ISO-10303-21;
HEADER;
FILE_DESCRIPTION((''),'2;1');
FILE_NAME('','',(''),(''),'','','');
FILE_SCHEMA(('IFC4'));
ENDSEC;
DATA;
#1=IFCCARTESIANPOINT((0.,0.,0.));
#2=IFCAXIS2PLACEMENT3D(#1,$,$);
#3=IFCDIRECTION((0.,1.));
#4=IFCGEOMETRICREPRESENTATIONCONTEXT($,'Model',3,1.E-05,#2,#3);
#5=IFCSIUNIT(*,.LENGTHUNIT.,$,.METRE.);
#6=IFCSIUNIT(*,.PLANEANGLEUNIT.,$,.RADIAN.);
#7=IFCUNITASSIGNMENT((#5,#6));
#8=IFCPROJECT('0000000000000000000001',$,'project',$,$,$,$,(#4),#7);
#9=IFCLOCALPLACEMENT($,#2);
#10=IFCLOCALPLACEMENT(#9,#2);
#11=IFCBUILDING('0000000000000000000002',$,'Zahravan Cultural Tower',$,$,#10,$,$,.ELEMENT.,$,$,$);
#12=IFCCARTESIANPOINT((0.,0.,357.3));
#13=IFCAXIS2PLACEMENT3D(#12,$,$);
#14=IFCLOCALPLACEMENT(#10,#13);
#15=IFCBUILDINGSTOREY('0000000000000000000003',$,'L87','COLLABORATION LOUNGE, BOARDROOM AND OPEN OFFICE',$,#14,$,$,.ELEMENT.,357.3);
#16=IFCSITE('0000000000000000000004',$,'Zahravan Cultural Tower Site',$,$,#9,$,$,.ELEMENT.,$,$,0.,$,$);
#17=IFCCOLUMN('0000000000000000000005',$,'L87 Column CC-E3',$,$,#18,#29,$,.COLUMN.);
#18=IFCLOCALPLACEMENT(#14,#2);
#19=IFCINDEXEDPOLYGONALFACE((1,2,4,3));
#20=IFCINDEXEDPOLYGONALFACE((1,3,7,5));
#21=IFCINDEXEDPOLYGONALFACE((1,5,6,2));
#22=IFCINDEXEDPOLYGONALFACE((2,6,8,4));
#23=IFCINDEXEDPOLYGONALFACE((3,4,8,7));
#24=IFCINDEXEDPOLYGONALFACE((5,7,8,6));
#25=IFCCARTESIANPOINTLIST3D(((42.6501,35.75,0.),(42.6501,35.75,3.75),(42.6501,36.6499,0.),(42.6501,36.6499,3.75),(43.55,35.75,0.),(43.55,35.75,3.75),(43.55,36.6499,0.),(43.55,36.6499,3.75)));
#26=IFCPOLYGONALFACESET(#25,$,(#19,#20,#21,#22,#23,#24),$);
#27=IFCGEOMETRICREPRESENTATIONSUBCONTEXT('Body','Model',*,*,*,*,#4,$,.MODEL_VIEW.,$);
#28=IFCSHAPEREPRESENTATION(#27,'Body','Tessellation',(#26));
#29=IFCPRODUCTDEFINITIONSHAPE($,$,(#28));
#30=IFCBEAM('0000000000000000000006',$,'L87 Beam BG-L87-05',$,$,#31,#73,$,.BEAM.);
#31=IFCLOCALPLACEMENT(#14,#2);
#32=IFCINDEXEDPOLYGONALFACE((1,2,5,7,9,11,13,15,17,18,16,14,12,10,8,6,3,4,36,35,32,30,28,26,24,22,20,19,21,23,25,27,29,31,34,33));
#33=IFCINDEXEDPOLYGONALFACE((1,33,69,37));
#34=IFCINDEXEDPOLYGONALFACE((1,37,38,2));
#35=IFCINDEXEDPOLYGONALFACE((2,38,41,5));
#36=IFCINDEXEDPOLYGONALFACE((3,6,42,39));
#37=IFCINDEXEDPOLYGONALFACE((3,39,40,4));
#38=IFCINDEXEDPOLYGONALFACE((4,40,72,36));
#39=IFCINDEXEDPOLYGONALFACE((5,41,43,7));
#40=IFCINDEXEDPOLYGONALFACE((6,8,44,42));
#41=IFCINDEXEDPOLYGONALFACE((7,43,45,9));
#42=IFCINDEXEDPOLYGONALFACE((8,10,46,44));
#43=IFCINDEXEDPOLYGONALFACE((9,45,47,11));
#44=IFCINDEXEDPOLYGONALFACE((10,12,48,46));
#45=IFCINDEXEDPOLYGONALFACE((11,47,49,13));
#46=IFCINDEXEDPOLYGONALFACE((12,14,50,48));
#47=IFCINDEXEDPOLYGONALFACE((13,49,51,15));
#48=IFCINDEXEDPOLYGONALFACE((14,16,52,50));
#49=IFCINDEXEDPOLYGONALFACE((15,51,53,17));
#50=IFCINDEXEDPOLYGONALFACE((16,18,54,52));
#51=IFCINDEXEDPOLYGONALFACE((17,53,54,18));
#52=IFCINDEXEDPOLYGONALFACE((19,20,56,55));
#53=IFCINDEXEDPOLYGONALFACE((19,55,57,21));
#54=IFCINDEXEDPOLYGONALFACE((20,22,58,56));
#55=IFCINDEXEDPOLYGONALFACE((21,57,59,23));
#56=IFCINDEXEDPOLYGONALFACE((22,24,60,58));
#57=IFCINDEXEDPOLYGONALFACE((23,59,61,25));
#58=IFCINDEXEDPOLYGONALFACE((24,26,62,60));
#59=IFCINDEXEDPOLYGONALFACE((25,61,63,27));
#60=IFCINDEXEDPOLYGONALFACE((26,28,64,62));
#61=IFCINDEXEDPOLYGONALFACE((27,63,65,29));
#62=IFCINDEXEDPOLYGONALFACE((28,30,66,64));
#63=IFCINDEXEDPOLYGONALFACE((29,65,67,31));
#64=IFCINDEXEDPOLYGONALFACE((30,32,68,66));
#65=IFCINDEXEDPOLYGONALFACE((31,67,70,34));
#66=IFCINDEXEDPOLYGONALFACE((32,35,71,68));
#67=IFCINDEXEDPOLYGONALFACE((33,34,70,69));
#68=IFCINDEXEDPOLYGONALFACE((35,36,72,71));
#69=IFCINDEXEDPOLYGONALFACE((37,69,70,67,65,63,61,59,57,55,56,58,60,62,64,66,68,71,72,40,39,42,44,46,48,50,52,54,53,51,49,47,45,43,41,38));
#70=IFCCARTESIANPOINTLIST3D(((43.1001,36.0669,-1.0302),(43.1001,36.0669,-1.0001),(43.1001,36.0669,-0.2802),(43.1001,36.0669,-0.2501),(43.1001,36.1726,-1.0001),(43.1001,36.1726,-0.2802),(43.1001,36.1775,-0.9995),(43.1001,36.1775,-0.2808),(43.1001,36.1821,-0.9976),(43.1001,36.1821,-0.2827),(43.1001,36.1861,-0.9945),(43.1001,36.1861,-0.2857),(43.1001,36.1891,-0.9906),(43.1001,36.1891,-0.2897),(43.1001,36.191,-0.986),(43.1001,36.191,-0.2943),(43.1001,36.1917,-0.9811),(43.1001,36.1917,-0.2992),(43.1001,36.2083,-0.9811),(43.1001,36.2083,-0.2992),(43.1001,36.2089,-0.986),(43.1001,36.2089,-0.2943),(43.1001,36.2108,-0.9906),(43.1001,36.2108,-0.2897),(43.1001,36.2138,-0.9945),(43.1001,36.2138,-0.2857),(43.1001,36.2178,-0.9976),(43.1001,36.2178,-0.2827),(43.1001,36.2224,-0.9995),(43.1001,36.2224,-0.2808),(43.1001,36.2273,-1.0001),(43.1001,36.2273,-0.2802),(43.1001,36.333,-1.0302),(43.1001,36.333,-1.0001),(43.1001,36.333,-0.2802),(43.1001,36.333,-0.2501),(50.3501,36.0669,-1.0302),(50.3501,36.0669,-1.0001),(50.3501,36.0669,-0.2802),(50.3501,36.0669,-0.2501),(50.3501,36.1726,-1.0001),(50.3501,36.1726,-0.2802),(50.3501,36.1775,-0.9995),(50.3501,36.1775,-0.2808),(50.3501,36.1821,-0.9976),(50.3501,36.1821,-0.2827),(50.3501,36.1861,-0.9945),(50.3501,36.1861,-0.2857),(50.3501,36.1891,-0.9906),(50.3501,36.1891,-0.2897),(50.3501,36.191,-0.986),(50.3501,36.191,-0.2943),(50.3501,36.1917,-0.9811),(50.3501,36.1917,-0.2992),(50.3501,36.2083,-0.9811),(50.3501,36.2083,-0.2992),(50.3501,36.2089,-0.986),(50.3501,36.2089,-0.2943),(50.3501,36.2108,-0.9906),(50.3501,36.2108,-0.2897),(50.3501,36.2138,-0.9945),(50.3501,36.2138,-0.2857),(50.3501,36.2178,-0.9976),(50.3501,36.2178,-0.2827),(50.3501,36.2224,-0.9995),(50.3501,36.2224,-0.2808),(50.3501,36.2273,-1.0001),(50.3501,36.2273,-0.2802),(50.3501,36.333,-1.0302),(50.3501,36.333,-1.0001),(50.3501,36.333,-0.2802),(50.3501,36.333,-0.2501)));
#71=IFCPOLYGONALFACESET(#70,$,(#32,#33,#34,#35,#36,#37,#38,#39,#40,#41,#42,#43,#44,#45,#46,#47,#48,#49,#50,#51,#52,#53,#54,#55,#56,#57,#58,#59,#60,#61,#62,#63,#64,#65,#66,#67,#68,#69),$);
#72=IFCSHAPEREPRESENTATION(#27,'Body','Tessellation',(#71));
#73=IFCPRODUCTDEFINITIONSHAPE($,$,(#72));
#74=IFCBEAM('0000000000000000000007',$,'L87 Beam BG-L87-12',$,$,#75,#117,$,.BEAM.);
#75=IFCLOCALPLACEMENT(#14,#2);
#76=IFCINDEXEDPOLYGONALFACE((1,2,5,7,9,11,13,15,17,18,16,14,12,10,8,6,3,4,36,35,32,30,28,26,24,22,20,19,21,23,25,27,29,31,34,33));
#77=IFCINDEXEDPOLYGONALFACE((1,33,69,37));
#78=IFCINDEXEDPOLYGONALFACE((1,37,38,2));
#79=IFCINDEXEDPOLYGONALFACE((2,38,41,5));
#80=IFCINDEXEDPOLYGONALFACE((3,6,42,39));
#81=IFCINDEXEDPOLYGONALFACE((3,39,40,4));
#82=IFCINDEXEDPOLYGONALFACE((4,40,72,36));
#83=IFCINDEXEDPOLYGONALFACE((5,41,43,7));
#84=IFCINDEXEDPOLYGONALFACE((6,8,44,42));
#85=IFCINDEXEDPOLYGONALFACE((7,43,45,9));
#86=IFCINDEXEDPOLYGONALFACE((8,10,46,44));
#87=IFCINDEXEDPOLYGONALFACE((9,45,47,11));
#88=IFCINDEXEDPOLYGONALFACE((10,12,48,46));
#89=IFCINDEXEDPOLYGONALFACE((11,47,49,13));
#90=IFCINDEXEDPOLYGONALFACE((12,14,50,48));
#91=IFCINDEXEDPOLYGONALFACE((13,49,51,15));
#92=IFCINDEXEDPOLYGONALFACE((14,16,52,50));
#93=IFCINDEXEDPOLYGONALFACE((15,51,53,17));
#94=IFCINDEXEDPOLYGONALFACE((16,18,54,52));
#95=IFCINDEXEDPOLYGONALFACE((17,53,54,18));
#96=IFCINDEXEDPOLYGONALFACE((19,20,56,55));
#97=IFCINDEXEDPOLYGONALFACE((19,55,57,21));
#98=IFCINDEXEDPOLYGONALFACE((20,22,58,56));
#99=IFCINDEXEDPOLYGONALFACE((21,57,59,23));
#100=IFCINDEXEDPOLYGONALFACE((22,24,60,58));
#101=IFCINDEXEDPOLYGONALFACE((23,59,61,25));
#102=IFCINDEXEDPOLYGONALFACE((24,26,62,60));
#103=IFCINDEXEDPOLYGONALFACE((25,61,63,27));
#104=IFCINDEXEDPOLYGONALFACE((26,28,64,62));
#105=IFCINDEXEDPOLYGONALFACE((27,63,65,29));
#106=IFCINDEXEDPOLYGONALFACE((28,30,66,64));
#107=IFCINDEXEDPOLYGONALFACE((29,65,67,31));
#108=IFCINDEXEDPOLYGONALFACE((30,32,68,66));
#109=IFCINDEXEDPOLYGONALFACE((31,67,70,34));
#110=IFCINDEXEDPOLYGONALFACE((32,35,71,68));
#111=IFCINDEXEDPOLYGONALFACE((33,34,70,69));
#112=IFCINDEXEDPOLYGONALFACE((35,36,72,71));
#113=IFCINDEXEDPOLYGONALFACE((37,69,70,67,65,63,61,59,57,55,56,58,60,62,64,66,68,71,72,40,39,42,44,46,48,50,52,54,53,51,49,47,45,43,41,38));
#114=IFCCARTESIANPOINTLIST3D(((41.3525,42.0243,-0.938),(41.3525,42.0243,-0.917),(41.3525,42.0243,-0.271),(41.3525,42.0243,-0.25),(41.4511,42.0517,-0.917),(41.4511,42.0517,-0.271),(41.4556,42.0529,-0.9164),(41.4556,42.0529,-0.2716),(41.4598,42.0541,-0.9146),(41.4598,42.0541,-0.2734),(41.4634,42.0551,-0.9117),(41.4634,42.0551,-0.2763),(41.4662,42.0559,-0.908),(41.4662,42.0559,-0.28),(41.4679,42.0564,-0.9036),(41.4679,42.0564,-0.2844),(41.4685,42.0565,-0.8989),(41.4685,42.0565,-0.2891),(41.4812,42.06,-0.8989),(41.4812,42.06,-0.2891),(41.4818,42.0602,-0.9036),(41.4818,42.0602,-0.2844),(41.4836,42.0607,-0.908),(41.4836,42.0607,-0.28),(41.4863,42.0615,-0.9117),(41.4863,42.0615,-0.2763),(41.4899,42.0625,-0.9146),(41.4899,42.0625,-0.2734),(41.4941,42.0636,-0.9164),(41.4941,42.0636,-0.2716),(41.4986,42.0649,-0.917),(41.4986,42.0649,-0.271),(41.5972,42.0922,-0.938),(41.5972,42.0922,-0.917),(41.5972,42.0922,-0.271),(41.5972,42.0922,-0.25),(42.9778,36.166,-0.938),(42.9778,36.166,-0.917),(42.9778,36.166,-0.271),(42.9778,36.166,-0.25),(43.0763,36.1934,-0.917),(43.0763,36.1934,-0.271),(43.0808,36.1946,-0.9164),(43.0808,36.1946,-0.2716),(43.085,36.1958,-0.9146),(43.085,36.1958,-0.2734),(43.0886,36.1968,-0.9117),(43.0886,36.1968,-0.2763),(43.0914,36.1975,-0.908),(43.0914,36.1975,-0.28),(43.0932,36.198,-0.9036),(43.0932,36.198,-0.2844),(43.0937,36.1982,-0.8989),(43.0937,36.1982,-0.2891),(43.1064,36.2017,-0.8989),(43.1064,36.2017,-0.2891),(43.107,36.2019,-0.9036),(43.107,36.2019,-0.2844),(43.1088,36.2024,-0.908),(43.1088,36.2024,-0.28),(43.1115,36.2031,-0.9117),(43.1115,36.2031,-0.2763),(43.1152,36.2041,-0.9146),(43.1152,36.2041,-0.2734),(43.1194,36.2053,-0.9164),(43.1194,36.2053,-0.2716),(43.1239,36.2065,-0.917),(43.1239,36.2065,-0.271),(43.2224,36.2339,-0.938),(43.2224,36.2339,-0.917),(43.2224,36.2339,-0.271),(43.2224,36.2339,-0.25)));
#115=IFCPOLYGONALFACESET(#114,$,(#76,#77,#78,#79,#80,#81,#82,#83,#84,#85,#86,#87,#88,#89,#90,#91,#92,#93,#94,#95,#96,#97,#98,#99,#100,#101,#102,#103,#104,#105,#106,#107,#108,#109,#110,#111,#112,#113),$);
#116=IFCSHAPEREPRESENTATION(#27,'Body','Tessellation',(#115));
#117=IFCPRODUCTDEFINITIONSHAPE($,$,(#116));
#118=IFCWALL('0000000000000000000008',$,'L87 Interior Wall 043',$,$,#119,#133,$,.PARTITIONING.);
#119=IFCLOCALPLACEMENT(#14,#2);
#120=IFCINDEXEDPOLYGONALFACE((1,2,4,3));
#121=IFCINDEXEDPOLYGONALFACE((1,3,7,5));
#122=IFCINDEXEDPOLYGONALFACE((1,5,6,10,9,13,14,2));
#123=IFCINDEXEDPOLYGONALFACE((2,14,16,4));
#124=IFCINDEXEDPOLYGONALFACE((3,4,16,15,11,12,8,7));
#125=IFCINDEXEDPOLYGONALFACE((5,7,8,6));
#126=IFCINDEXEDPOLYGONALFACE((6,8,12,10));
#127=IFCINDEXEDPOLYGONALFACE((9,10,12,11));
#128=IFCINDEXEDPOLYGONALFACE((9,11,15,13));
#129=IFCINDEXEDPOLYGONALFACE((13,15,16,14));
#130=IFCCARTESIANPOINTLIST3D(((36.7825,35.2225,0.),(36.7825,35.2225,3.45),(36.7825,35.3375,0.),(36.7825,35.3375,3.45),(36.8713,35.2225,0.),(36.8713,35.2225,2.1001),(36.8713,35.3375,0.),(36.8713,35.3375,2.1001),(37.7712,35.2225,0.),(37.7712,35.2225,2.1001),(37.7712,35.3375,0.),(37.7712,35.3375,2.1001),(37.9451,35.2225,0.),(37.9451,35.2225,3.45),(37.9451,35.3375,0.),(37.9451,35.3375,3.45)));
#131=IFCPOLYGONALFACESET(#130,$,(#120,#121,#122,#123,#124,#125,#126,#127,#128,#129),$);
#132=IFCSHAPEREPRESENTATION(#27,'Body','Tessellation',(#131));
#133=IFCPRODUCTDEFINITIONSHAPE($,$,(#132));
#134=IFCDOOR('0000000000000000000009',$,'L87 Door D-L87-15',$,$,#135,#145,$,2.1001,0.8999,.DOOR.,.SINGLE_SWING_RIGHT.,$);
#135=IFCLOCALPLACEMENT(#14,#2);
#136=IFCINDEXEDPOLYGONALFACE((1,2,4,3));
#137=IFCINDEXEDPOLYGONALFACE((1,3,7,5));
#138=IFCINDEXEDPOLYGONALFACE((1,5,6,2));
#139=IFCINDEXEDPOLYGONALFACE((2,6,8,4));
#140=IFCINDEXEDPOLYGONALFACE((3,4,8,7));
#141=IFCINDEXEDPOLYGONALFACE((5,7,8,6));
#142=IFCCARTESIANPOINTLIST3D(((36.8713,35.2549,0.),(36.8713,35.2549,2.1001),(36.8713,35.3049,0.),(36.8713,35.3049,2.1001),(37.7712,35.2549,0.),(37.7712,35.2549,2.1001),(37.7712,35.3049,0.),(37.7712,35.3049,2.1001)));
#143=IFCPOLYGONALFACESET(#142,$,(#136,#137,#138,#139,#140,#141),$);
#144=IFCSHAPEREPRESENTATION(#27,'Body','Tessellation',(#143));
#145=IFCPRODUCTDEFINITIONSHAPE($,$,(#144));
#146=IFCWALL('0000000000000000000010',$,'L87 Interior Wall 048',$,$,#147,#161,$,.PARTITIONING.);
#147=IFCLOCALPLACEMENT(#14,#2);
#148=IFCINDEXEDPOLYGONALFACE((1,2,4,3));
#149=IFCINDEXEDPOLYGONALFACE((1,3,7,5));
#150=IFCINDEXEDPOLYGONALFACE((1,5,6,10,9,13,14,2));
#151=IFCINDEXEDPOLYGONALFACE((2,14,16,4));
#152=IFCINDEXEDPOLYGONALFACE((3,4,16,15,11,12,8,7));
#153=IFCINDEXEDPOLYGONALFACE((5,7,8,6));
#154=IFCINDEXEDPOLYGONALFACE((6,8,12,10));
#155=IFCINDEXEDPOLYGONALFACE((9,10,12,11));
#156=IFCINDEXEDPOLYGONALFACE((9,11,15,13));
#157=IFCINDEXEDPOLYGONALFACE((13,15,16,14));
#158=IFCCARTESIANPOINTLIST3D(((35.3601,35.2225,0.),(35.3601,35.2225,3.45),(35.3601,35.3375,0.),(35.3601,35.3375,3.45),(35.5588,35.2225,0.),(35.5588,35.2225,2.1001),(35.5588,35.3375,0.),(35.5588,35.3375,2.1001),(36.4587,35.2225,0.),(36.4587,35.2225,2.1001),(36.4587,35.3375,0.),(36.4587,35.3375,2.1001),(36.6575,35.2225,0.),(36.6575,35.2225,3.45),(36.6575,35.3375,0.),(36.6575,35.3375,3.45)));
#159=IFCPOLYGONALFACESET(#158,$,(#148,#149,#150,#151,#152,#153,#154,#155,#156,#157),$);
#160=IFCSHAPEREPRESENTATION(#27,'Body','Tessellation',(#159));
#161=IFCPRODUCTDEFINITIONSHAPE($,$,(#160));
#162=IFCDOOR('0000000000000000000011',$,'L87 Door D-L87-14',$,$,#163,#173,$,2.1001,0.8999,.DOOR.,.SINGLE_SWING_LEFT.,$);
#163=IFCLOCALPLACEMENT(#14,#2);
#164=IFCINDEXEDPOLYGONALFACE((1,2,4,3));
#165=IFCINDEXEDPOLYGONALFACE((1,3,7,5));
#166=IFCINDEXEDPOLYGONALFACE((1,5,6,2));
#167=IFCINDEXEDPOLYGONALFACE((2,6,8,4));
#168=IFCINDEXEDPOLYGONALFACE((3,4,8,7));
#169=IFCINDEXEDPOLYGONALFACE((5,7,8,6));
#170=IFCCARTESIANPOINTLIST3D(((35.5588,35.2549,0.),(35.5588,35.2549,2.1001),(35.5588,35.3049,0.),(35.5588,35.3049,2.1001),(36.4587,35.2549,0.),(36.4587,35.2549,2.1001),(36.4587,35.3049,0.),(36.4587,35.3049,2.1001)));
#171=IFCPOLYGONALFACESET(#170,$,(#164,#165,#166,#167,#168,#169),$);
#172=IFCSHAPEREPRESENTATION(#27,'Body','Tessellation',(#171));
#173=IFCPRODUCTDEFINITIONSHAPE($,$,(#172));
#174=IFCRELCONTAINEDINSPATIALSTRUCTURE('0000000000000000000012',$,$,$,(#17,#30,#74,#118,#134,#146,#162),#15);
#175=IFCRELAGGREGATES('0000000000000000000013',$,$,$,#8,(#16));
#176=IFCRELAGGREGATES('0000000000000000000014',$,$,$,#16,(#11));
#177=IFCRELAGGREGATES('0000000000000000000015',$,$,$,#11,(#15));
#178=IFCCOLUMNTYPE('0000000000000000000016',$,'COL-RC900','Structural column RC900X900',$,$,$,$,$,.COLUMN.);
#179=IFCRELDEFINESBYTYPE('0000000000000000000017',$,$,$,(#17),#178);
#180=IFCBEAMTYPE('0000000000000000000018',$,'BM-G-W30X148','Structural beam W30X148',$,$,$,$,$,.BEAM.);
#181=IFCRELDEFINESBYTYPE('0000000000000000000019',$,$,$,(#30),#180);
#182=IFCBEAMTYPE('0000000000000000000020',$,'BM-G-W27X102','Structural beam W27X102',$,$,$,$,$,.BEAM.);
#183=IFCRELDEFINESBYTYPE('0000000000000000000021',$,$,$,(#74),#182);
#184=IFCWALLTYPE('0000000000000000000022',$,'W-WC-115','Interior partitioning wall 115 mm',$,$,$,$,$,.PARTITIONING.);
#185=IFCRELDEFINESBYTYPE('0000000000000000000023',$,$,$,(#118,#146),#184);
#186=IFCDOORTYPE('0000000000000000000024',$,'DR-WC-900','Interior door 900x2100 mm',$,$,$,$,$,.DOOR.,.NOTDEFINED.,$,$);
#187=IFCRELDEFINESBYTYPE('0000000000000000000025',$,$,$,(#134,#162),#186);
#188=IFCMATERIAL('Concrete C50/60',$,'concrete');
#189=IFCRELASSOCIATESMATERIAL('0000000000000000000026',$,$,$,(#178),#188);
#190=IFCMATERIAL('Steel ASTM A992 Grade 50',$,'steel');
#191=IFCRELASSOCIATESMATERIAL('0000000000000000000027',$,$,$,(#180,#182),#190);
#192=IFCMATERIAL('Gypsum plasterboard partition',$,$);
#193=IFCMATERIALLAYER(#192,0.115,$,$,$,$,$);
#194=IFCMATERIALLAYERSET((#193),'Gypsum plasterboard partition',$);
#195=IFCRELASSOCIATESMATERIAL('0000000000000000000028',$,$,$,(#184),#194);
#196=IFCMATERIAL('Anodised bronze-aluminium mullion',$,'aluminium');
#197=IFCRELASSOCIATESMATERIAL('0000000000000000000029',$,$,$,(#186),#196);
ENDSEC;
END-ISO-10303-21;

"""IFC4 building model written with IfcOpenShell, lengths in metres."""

from ifc_helpers import new_model, si_unit, direction, frame, frame_2d, origin, origin_2d, place, context, subcontext, project, spatial, rectangle, i_section, extrude, source, transform, mapped, material, layer, layer_set, material_profile, profile_set, type_object, element, fill, save


model = new_model("IFC4")

# Units and contexts
model_context = context("Model", 3, precision=1e-05, world=origin(), true_north=direction((0.0, 1.0)))
body_context = subcontext(model_context, "Body", "Model", "MODEL_VIEW")
ifc_project = project(units=[si_unit("LENGTHUNIT", "METRE"), si_unit("PLANEANGLEUNIT", "RADIAN")], contexts=[model_context])

# Site, building, storey
site_placement = place(None, origin())
site = spatial("IfcSite", under=ifc_project, at=site_placement, Name="Zahravan Cultural Tower Site", CompositionType="ELEMENT", RefElevation=0.0)
building_placement = place(site_placement, origin())
building = spatial("IfcBuilding", under=site, at=building_placement, Name="Zahravan Cultural Tower", CompositionType="ELEMENT")
storey_placement = place(building_placement, frame((0.0, 0.0, 357.3)))
storey = spatial("IfcBuildingStorey", under=building, at=storey_placement, Name="L87", Description="COLLABORATION LOUNGE, BOARDROOM AND OPEN OFFICE", CompositionType="ELEMENT", Elevation=357.3)

# Column
ifc_material_1 = material(Name="Concrete C50/60", Category="concrete")
ifc_material_profile_1 = material_profile(ifc_material_1, rectangle(XDim=0.8999, YDim=0.8999, at=origin_2d()), Name="RC900X900")
ifc_profile_set_1 = profile_set([ifc_material_profile_1], Name="Concrete C50/60")
column_type = type_object("IfcColumnType", Name="COL-RC900", Description="Structural column RC900X900", PredefinedType="COLUMN", material=ifc_profile_set_1)
shared_shape_1 = source(origin(), body_context, "Body", "SweptSolid", [
    extrude(rectangle(XDim=0.8999, YDim=0.8999, at=origin_2d()), origin(), (0.0, 0.0, 1.0), 3.75),
])
column_placement = place(storey_placement, frame((43.1001, 36.2, 0.0), z_axis=(0.0, 0.0, 1.0), x_axis=(1.0, 0.0, 0.0)))
element("IfcColumn", 1, at=column_placement, inside=storey, type_object=column_type, Name="L87 Column CC-E3", PredefinedType="COLUMN", context=body_context, shape_type="MappedRepresentation", body=[
    mapped(shared_shape_1, transform((0.0, 0.0, 0.0), x_axis=(1.0, 0.0, 0.0), y_axis=(0.0, 1.0, 0.0), z_axis=(0.0, 0.0, 1.0), scale=1.0)),
])

# Beams
ifc_material_2 = material(Name="Steel ASTM A992 Grade 50", Category="steel")
ifc_material_profile_2 = material_profile(ifc_material_2, i_section(OverallWidth=0.2661, OverallDepth=0.78, WebThickness=0.0166, FlangeThickness=0.03, FilletRadius=0.019, at=origin_2d()), Name="W30X148")
ifc_profile_set_2 = profile_set([ifc_material_profile_2], Name="Steel ASTM A992 Grade 50")
beam_type_1 = type_object("IfcBeamType", Name="BM-G-W30X148", Description="Structural beam W30X148", PredefinedType="BEAM", material=ifc_profile_set_2)
shared_shape_2 = source(origin(), body_context, "Body", "SweptSolid", [
    extrude(i_section(OverallWidth=0.2661, OverallDepth=0.78, WebThickness=0.0166, FlangeThickness=0.03, FilletRadius=0.019, at=origin_2d()), origin(), (0.0, 0.0, 1.0), 7.25),
])
beam_1_placement = place(storey_placement, frame((43.1001, 36.2, -0.6401), z_axis=(1.0, 0.0, 0.0), x_axis=(0.0, 1.0, 0.0)))
element("IfcBeam", 2, at=beam_1_placement, inside=storey, type_object=beam_type_1, Name="L87 Beam BG-L87-05", PredefinedType="BEAM", context=body_context, shape_type="MappedRepresentation", body=[
    mapped(shared_shape_2, transform((0.0, 0.0, 0.0), x_axis=(1.0, 0.0, 0.0), y_axis=(0.0, 1.0, 0.0), z_axis=(0.0, 0.0, 1.0), scale=1.0)),
])
ifc_material_profile_3 = material_profile(ifc_material_2, i_section(OverallWidth=0.2539, OverallDepth=0.688, WebThickness=0.0132, FlangeThickness=0.021, FilletRadius=0.0181, at=origin_2d()), Name="W27X102")
ifc_profile_set_3 = profile_set([ifc_material_profile_3], Name="Steel ASTM A992 Grade 50")
beam_type_2 = type_object("IfcBeamType", Name="BM-G-W27X102", Description="Structural beam W27X102", PredefinedType="BEAM", material=ifc_profile_set_3)
shared_shape_3 = source(origin(), body_context, "Body", "SweptSolid", [
    extrude(i_section(OverallWidth=0.2539, OverallDepth=0.688, WebThickness=0.0132, FlangeThickness=0.021, FilletRadius=0.0181, at=origin_2d()), origin(), (0.0, 0.0, 1.0), 6.0796),
])
beam_2_placement = place(storey_placement, frame((43.1001, 36.2, -0.594), z_axis=(-0.267325, 0.963606, 0.0), x_axis=(-0.963606, -0.267325, 0.0)))
element("IfcBeam", 3, at=beam_2_placement, inside=storey, type_object=beam_type_2, Name="L87 Beam BG-L87-12", PredefinedType="BEAM", context=body_context, shape_type="MappedRepresentation", body=[
    mapped(shared_shape_3, transform((0.0, 0.0, 0.0), x_axis=(1.0, 0.0, 0.0), y_axis=(0.0, 1.0, 0.0), z_axis=(0.0, 0.0, 1.0), scale=1.0)),
])

# Walls, openings, doors
ifc_material_3 = material(Name="Gypsum plasterboard partition")
ifc_layer_1 = layer(ifc_material_3, 0.115)
ifc_layer_set_1 = layer_set([ifc_layer_1], Name="Gypsum plasterboard partition")
wall_type_1 = type_object("IfcWallType", Name="W-WC-115", Description="Interior partitioning wall 115 mm", PredefinedType="PARTITIONING", material=ifc_layer_set_1)
wall_1_placement = place(storey_placement, frame((36.7825, 35.28, 0.0), z_axis=(0.0, 0.0, 1.0), x_axis=(1.0, 0.0, 0.0)))
wall_1 = element("IfcWall", 4, at=wall_1_placement, inside=storey, type_object=wall_type_1, Name="L87 Interior Wall 043", PredefinedType="PARTITIONING", context=body_context, shape_type="SweptSolid", body=[
    extrude(rectangle(XDim=1.1626, YDim=0.115, at=frame_2d((0.5813, 0.0))), origin(), (0.0, 0.0, 1.0), 3.45),
])
opening_1_placement = place(wall_1_placement, frame((0.0889, 0.0, 0.0)))
opening_1 = element("IfcOpeningElement", 5, at=opening_1_placement, cuts=wall_1, PredefinedType="OPENING", context=body_context, shape_type="SweptSolid", body=[
    extrude(rectangle(XDim=0.8999, YDim=2.1001, at=frame_2d((0.45, 1.05))), frame((0.0, 0.0674, 0.0), z_axis=(0.0, -1.0, 0.0), x_axis=(1.0, 0.0, 0.0)), (0.0, 0.0, 1.0), 0.135),
])
ifc_material_4 = material(Name="Anodised bronze-aluminium mullion", Category="aluminium")
door_type_1 = type_object("IfcDoorType", Name="DR-WC-900", Description="Interior door 900x2100 mm", OperationType="NOTDEFINED", PredefinedType="DOOR", material=ifc_material_4)
shared_shape_4 = source(origin(), body_context, "Body", "SweptSolid", [
    extrude(rectangle(XDim=0.8999, YDim=2.1001, at=frame_2d((0.45, 1.05))), frame((0.0, 0.0249, 0.0), z_axis=(0.0, -1.0, 0.0), x_axis=(1.0, 0.0, 0.0)), (0.0, 0.0, 1.0), 0.05),
])
door_1_placement = place(opening_1_placement, origin())
door_1 = element("IfcDoor", 6, at=door_1_placement, inside=storey, type_object=door_type_1, Name="L87 Door D-L87-15", OperationType="SINGLE_SWING_RIGHT", OverallHeight=2.1001, OverallWidth=0.8999, PredefinedType="DOOR", context=body_context, shape_type="MappedRepresentation", body=[
    mapped(shared_shape_4, transform((0.0, 0.0, 0.0), x_axis=(1.0, 0.0, 0.0), y_axis=(0.0, 1.0, 0.0), z_axis=(0.0, 0.0, 1.0), scale=1.0)),
])
fill(opening_1, door_1)
wall_2_placement = place(storey_placement, frame((35.3601, 35.28, 0.0), z_axis=(0.0, 0.0, 1.0), x_axis=(1.0, 0.0, 0.0)))
wall_2 = element("IfcWall", 7, at=wall_2_placement, inside=storey, type_object=wall_type_1, Name="L87 Interior Wall 048", PredefinedType="PARTITIONING", context=body_context, shape_type="SweptSolid", body=[
    extrude(rectangle(XDim=1.2974, YDim=0.115, at=frame_2d((0.6487, 0.0))), origin(), (0.0, 0.0, 1.0), 3.45),
])
opening_2_placement = place(wall_2_placement, frame((0.1987, 0.0, 0.0)))
opening_2 = element("IfcOpeningElement", 8, at=opening_2_placement, cuts=wall_2, PredefinedType="OPENING", context=body_context, shape_type="SweptSolid", body=[
    extrude(rectangle(XDim=0.8999, YDim=2.1001, at=frame_2d((0.45, 1.05))), frame((0.0, 0.0674, 0.0), z_axis=(0.0, -1.0, 0.0), x_axis=(1.0, 0.0, 0.0)), (0.0, 0.0, 1.0), 0.135),
])
door_2_placement = place(opening_2_placement, origin())
door_2 = element("IfcDoor", 9, at=door_2_placement, inside=storey, type_object=door_type_1, Name="L87 Door D-L87-14", OperationType="SINGLE_SWING_LEFT", OverallHeight=2.1001, OverallWidth=0.8999, PredefinedType="DOOR", context=body_context, shape_type="MappedRepresentation", body=[
    mapped(shared_shape_4, transform((0.0, 0.0, 0.0), x_axis=(1.0, 0.0, 0.0), y_axis=(0.0, 1.0, 0.0), z_axis=(0.0, 0.0, 1.0), scale=1.0)),
])
fill(opening_2, door_2)

save(model, "model.ifc")
